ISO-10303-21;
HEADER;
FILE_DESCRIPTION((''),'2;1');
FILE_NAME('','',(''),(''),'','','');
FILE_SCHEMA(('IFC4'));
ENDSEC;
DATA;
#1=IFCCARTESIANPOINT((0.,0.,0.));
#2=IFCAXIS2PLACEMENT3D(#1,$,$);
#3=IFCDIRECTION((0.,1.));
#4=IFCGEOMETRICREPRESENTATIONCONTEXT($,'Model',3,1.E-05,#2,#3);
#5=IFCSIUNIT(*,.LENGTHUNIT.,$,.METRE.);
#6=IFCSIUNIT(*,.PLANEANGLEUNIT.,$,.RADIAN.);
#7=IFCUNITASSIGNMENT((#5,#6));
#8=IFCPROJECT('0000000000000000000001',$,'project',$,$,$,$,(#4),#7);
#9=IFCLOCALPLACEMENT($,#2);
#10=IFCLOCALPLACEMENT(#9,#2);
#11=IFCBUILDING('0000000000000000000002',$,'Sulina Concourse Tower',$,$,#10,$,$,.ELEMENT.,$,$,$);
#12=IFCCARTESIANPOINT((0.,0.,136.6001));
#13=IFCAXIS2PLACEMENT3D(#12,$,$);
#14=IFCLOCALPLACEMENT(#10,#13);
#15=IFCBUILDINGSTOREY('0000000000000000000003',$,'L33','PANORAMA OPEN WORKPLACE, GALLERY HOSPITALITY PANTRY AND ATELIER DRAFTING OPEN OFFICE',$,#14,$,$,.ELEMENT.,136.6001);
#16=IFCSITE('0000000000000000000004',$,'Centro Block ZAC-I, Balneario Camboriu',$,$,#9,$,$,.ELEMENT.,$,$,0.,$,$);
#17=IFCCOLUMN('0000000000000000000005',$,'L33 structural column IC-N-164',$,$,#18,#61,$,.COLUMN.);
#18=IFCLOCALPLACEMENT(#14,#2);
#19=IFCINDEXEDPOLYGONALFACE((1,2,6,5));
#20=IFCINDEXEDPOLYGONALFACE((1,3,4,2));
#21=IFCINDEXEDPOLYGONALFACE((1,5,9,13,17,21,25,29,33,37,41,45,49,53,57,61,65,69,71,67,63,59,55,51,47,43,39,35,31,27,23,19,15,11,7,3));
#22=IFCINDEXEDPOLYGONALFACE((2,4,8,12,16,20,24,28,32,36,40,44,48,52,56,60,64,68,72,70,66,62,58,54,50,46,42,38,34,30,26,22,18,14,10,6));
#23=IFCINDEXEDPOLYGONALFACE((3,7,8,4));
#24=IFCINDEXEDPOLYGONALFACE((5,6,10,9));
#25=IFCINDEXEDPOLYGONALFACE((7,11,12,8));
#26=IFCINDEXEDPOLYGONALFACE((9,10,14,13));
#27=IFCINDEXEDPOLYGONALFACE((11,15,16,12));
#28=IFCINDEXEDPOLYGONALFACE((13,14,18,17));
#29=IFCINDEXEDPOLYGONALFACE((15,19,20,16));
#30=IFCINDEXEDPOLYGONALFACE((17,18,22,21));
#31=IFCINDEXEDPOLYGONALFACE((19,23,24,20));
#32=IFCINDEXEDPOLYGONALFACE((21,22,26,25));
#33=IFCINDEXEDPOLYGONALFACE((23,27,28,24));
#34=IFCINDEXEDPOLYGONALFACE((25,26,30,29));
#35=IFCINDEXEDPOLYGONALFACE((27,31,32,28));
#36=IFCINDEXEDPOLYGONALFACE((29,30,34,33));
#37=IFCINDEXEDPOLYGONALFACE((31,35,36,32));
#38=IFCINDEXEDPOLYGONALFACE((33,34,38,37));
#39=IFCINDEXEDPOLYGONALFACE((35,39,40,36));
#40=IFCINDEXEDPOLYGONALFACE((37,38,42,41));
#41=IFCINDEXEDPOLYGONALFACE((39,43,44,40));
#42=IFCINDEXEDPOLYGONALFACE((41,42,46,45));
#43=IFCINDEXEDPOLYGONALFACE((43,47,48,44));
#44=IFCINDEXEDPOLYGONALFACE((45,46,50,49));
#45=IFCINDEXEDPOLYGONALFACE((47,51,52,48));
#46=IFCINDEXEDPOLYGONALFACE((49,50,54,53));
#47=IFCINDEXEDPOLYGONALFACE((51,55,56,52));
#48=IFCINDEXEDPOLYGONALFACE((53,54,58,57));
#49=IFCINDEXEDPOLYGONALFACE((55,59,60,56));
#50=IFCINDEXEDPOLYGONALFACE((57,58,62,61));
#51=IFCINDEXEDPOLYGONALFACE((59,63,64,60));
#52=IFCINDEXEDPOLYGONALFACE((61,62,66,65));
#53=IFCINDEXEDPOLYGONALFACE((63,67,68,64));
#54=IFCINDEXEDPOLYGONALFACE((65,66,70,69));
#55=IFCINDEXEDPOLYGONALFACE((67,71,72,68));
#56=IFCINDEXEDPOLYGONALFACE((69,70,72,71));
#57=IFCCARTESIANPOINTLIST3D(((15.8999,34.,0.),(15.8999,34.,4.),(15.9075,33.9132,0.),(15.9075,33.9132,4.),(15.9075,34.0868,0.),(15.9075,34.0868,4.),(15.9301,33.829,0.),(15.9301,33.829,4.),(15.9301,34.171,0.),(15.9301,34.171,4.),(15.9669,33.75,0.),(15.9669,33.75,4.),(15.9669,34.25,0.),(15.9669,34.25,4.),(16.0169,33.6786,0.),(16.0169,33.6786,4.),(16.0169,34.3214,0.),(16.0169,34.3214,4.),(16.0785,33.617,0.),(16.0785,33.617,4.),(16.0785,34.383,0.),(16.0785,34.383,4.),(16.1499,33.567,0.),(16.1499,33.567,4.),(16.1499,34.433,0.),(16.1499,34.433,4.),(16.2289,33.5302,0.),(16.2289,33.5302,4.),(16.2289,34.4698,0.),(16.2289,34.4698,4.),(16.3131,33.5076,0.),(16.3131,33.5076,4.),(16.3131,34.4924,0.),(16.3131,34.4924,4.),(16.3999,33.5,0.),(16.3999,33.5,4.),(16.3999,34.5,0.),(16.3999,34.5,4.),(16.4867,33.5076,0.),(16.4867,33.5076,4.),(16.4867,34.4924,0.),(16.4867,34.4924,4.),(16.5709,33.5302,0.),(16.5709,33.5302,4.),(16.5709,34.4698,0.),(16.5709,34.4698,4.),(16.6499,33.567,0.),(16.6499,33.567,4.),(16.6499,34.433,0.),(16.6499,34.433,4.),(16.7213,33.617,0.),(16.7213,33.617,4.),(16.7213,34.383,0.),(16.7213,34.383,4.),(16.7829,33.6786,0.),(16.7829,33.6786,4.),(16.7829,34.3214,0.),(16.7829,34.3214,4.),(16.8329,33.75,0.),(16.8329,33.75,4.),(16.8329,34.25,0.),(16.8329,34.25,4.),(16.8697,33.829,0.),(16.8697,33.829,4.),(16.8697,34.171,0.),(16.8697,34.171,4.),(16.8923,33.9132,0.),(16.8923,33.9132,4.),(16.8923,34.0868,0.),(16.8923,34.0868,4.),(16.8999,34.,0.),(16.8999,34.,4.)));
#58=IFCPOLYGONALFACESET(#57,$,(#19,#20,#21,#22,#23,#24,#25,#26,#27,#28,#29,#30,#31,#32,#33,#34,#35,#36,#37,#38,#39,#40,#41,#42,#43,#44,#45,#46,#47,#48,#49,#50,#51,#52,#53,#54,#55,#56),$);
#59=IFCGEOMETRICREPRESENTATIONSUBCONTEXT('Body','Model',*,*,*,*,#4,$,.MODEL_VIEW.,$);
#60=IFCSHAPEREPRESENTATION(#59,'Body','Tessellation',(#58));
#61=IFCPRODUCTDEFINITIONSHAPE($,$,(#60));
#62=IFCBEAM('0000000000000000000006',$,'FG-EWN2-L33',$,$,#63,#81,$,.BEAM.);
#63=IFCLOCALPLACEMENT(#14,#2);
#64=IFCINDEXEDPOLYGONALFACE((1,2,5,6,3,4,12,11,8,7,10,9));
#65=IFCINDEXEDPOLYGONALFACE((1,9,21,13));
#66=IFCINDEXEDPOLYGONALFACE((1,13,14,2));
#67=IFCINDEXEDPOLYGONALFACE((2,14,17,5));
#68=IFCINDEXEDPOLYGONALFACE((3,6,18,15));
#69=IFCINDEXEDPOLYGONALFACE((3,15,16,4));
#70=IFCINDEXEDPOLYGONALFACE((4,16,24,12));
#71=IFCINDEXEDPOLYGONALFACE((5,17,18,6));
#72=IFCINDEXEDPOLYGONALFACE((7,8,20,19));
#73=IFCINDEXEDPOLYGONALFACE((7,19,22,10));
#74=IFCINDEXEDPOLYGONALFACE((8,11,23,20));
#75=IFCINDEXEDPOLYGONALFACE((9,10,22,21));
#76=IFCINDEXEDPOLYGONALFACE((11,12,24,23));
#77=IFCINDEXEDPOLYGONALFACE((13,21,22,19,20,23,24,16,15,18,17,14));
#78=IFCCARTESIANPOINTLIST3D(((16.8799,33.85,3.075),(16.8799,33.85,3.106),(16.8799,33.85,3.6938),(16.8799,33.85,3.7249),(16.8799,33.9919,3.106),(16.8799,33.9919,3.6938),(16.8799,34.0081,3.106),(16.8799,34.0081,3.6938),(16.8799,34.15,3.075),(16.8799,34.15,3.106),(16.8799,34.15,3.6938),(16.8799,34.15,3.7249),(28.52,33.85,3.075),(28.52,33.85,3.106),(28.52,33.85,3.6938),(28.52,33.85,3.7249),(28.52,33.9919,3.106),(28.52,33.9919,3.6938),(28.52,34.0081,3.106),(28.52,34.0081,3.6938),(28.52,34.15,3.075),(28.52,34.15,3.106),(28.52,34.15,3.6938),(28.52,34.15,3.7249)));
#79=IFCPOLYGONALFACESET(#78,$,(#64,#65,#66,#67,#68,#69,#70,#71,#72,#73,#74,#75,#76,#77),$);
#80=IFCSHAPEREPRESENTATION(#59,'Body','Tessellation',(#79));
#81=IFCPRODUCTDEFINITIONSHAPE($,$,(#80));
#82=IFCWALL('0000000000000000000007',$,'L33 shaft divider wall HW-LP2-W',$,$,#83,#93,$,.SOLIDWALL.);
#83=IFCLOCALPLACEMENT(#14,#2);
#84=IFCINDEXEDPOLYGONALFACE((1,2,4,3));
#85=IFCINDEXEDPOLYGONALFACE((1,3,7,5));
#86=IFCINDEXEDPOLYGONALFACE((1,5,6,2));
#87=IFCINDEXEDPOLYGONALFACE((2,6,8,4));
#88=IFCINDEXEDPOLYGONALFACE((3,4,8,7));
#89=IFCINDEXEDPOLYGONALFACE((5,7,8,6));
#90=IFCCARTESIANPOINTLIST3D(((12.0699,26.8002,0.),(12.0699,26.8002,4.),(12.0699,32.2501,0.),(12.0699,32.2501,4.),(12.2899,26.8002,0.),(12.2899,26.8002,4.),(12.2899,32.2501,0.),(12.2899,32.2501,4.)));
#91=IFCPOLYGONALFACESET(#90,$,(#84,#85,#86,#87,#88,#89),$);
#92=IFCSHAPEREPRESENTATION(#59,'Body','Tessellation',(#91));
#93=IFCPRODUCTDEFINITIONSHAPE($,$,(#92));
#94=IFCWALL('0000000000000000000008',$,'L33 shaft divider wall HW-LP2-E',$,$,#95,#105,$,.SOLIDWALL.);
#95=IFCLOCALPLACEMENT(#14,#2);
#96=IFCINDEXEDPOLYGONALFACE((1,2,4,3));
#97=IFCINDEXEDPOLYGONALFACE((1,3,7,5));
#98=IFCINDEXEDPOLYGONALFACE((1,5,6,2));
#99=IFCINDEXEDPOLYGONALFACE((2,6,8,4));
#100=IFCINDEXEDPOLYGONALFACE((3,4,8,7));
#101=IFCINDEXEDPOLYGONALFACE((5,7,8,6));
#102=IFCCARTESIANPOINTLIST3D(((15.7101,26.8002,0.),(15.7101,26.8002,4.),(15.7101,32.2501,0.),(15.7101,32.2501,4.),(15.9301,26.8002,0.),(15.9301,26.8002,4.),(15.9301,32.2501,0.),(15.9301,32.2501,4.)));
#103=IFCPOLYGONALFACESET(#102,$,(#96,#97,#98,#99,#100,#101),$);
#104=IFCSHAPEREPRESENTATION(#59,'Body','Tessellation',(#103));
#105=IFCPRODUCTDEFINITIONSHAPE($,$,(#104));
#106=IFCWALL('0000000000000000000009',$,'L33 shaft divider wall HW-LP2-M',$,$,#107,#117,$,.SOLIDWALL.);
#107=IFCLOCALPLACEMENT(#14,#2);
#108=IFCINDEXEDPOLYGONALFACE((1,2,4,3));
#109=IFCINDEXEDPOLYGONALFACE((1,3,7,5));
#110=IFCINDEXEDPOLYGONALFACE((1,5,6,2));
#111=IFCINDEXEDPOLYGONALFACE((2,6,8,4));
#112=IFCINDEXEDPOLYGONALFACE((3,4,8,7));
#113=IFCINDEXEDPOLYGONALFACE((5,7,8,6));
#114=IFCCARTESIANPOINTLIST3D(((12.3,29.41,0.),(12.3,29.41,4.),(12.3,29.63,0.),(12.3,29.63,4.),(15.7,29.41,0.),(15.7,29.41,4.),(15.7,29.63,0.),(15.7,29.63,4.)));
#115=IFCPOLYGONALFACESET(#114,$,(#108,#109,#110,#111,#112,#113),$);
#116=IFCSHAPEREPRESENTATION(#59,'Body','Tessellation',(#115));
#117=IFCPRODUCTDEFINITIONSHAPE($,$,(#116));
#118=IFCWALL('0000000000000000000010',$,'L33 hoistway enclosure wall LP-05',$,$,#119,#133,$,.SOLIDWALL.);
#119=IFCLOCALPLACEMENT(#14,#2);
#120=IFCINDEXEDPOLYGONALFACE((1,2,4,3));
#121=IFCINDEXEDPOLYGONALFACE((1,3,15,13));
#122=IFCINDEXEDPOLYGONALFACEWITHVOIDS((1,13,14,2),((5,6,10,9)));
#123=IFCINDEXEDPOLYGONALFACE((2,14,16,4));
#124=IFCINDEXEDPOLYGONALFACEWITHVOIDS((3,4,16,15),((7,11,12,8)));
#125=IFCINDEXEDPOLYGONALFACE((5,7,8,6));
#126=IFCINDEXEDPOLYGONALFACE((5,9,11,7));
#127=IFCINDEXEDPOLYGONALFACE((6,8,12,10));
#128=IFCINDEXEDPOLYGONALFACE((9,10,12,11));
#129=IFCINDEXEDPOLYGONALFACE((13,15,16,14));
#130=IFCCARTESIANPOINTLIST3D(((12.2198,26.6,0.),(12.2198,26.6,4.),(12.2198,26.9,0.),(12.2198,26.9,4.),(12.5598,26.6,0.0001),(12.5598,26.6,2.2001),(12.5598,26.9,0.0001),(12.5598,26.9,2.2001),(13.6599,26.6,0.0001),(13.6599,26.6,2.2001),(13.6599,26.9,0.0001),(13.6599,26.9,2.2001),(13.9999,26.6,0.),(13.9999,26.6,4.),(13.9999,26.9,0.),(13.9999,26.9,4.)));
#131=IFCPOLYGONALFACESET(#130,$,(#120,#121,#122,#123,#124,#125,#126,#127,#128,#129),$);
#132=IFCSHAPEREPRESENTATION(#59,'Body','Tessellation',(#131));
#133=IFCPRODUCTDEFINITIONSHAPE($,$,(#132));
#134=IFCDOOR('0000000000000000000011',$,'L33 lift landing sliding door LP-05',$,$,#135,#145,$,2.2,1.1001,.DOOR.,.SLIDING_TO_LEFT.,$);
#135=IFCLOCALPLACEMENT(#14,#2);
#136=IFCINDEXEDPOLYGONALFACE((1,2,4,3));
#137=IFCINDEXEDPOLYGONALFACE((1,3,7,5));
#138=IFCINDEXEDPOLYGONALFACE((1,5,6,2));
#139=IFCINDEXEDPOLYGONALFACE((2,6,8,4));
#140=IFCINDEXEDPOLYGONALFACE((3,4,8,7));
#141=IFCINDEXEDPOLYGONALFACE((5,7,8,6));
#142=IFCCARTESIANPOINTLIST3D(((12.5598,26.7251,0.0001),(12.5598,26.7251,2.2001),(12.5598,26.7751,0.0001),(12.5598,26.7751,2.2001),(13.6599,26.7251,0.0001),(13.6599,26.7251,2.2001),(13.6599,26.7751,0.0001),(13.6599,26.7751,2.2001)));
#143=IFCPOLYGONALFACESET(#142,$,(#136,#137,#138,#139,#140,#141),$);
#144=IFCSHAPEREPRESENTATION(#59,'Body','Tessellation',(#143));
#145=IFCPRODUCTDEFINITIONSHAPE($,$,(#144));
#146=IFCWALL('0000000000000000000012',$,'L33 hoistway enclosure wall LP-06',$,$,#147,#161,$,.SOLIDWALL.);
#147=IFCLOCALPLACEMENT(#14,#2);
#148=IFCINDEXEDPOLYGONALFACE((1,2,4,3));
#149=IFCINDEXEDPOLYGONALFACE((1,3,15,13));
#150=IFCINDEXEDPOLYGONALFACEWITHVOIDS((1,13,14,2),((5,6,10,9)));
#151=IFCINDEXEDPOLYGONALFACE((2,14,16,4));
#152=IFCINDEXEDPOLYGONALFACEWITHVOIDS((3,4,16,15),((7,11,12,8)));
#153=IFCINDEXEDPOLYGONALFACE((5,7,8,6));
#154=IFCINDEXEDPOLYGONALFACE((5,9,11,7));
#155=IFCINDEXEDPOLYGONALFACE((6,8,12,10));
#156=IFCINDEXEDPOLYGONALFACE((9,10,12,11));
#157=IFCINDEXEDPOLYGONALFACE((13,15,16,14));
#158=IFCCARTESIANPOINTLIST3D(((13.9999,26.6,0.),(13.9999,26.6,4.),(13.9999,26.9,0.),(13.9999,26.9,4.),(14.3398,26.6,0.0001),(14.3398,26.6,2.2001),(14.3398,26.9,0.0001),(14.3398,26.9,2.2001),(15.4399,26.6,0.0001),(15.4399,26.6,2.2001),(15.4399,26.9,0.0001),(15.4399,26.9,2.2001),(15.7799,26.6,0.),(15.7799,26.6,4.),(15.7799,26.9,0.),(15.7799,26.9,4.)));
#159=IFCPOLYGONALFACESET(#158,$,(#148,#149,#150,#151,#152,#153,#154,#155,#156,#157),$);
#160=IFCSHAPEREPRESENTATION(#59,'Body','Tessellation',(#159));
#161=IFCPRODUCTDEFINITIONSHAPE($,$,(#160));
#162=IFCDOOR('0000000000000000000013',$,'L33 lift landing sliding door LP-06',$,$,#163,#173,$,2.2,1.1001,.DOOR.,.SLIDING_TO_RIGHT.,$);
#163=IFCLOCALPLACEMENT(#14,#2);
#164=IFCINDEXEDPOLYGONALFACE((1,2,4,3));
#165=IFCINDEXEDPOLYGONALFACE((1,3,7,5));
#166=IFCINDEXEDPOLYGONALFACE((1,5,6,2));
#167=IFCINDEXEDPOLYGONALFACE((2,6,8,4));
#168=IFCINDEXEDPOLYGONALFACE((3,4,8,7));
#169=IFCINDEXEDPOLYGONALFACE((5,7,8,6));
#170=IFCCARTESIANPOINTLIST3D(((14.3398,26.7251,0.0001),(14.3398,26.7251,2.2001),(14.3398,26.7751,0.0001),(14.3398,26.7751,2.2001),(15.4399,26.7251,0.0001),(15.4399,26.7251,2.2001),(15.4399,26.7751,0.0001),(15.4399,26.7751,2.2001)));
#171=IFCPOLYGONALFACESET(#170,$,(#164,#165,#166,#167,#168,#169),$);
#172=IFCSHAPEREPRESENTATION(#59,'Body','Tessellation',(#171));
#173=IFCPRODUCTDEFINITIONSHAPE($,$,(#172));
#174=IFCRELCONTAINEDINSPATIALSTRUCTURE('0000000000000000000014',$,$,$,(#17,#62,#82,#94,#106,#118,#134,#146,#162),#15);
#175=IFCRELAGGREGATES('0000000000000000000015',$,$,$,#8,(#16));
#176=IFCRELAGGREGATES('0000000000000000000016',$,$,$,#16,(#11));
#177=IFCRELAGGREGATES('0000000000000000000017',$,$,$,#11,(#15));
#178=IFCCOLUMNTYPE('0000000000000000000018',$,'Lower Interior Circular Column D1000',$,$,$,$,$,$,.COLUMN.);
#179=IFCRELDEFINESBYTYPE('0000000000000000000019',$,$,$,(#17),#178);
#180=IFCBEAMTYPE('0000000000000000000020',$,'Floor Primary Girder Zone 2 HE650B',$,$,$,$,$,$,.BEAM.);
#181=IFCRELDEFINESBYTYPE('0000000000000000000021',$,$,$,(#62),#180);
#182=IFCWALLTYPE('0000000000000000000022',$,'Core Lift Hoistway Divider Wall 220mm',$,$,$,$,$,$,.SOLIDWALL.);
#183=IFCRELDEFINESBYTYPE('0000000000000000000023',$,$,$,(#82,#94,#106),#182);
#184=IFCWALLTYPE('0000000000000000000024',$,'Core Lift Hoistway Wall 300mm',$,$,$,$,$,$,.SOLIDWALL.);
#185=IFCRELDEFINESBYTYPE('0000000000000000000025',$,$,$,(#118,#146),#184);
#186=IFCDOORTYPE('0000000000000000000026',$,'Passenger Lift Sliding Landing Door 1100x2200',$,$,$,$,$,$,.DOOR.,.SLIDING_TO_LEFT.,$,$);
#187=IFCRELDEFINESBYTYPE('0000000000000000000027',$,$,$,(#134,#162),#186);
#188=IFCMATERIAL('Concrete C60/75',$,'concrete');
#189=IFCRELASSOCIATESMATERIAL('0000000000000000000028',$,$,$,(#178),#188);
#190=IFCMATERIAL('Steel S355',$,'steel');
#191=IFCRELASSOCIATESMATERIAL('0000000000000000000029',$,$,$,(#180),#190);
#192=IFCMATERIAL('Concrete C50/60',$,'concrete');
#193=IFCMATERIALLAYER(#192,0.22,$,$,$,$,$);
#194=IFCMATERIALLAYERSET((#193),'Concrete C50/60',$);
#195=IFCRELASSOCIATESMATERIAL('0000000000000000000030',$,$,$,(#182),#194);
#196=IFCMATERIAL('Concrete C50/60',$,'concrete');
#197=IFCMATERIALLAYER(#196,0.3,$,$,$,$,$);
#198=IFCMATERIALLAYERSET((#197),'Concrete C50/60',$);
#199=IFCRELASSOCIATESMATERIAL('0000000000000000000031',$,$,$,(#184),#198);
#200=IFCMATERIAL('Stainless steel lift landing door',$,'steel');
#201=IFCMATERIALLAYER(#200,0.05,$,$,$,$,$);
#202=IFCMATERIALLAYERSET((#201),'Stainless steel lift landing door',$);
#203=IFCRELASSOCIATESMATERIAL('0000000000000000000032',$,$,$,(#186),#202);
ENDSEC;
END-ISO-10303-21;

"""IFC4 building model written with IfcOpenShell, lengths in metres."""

from ifc_helpers import new_model, si_unit, direction, frame, frame_2d, origin, origin_2d, place, context, subcontext, project, spatial, rectangle, circle, i_section, extrude, material, layer, layer_set, material_profile, profile_set, type_object, element, fill, save


model = new_model("IFC4")

# Units and contexts
model_context = context("Model", 3, precision=1e-05, world=origin(), true_north=direction((0.0, 1.0)))
body_context = subcontext(model_context, "Body", "Model", "MODEL_VIEW")
ifc_project = project(units=[si_unit("LENGTHUNIT", "METRE"), si_unit("PLANEANGLEUNIT", "RADIAN")], contexts=[model_context])

# Site, building, storey
site_placement = place(None, origin())
site = spatial("IfcSite", under=ifc_project, at=site_placement, Name="Centro Block ZAC-I, Balneario Camboriu", CompositionType="ELEMENT", RefElevation=0.0)
building_placement = place(site_placement, origin())
building = spatial("IfcBuilding", under=site, at=building_placement, Name="Sulina Concourse Tower", CompositionType="ELEMENT")
storey_placement = place(building_placement, frame((0.0, 0.0, 136.6001)))
storey = spatial("IfcBuildingStorey", under=building, at=storey_placement, Name="L33", Description="PANORAMA OPEN WORKPLACE, GALLERY HOSPITALITY PANTRY AND ATELIER DRAFTING OPEN OFFICE", CompositionType="ELEMENT", Elevation=136.6001)

# Column
ifc_material_1 = material(Name="Concrete C60/75", Category="concrete")
ifc_material_profile_1 = material_profile(ifc_material_1, circle(Radius=0.5, at=origin_2d()), Name="RC D1000")
ifc_profile_set_1 = profile_set([ifc_material_profile_1], Name="Concrete C60/75")
column_type = type_object("IfcColumnType", Name="Lower Interior Circular Column D1000", PredefinedType="COLUMN", material=ifc_profile_set_1)
column_placement = place(storey_placement, frame((16.3999, 34.0, 0.0), z_axis=(0.0, 0.0, 1.0), x_axis=(1.0, 0.0, 0.0)))
element("IfcColumn", 1, at=column_placement, inside=storey, type_object=column_type, Name="L33 structural column IC-N-164", PredefinedType="COLUMN", context=body_context, shape_type="SweptSolid", body=[
    extrude(circle(Radius=0.5, at=origin_2d()), origin(), (0.0, 0.0, 1.0), 4.0),
])

# Beam
ifc_material_2 = material(Name="Steel S355", Category="steel")
ifc_material_profile_2 = material_profile(ifc_material_2, i_section(OverallWidth=0.3, OverallDepth=0.6499, WebThickness=0.0161, FlangeThickness=0.031, at=origin_2d()), Name="HE 650 B")
ifc_profile_set_2 = profile_set([ifc_material_profile_2], Name="Steel S355")
beam_type = type_object("IfcBeamType", Name="Floor Primary Girder Zone 2 HE650B", PredefinedType="BEAM", material=ifc_profile_set_2)
beam_placement = place(storey_placement, frame((16.8799, 34.0, 3.3999), z_axis=(1.0, 0.0, 0.0), x_axis=(0.0, 1.0, 0.0)))
element("IfcBeam", 2, at=beam_placement, inside=storey, type_object=beam_type, Name="FG-EWN2-L33", PredefinedType="BEAM", context=body_context, shape_type="SweptSolid", body=[
    extrude(i_section(OverallWidth=0.3, OverallDepth=0.6499, WebThickness=0.0161, FlangeThickness=0.031, at=origin_2d()), origin(), (0.0, 0.0, 1.0), 11.6401),
])

# Walls
ifc_material_3 = material(Name="Concrete C50/60", Category="concrete")
ifc_layer_1 = layer(ifc_material_3, 0.22)
ifc_layer_set_1 = layer_set([ifc_layer_1], Name="Concrete C50/60")
wall_type_1 = type_object("IfcWallType", Name="Core Lift Hoistway Divider Wall 220mm", PredefinedType="SOLIDWALL", material=ifc_layer_set_1)
for number, where, z_axis, x_axis, name in (
    (3, (12.1799, 26.8, 0.0), (0.0, 0.0, 1.0), (0.0, 1.0, 0.0), "L33 shaft divider wall HW-LP2-W"),
    (4, (15.8201, 26.8, 0.0), (0.0, 0.0, 1.0), (0.0, 1.0, 0.0), "L33 shaft divider wall HW-LP2-E"),
):
    element("IfcWall", number, at=place(storey_placement, frame(where, z_axis=z_axis, x_axis=x_axis)), inside=storey, type_object=wall_type_1, Name=name, PredefinedType="SOLIDWALL", context=body_context, shape_type="SweptSolid", body=[
        extrude(rectangle(XDim=5.45, YDim=0.22, at=frame_2d((2.7251, 0.0))), origin(), (0.0, 0.0, 1.0), 4.0),
    ])
wall_1_placement = place(storey_placement, frame((12.3, 29.52, 0.0), z_axis=(0.0, 0.0, 1.0), x_axis=(1.0, 0.0, 0.0)))
element("IfcWall", 5, at=wall_1_placement, inside=storey, type_object=wall_type_1, Name="L33 shaft divider wall HW-LP2-M", PredefinedType="SOLIDWALL", context=body_context, shape_type="SweptSolid", body=[
    extrude(rectangle(XDim=3.3999, YDim=0.22, at=frame_2d((1.7, 0.0))), origin(), (0.0, 0.0, 1.0), 4.0),
])

# Walls, openings, doors
ifc_material_4 = material(Name="Concrete C50/60", Category="concrete")
ifc_layer_2 = layer(ifc_material_4, 0.3)
ifc_layer_set_2 = layer_set([ifc_layer_2], Name="Concrete C50/60")
wall_type_2 = type_object("IfcWallType", Name="Core Lift Hoistway Wall 300mm", PredefinedType="SOLIDWALL", material=ifc_layer_set_2)
wall_2_placement = place(storey_placement, frame((14.0, 26.75, 0.0), z_axis=(0.0, 0.0, 1.0), x_axis=(-1.0, 0.0, 0.0)))
wall_2 = element("IfcWall", 6, at=wall_2_placement, inside=storey, type_object=wall_type_2, Name="L33 hoistway enclosure wall LP-05", PredefinedType="SOLIDWALL", context=body_context, shape_type="SweptSolid", body=[
    extrude(rectangle(XDim=1.78, YDim=0.3, at=frame_2d((0.8901, 0.0))), origin(), (0.0, 0.0, 1.0), 4.0),
])
opening_1_placement = place(wall_2_placement, frame((0.3401, 0.0, 0.0)))
opening_1 = element("IfcOpeningElement", 7, at=opening_1_placement, cuts=wall_2, PredefinedType="OPENING", context=body_context, shape_type="SweptSolid", body=[
    extrude(rectangle(XDim=1.1001, YDim=2.2, at=frame_2d((0.55, 1.1001))), frame((0.0, 0.1599, 0.0), z_axis=(0.0, -1.0, 0.0), x_axis=(1.0, 0.0, 0.0)), (0.0, 0.0, 1.0), 0.3201),
])
ifc_material_5 = material(Name="Stainless steel lift landing door", Category="steel")
ifc_layer_3 = layer(ifc_material_5, 0.05)
ifc_layer_set_3 = layer_set([ifc_layer_3], Name="Stainless steel lift landing door")
door_type_1 = type_object("IfcDoorType", Name="Passenger Lift Sliding Landing Door 1100x2200", OperationType="SLIDING_TO_LEFT", PredefinedType="DOOR", material=ifc_layer_set_3)
door_1_placement = place(opening_1_placement, origin())
door_1 = element("IfcDoor", 8, at=door_1_placement, inside=storey, type_object=door_type_1, Name="L33 lift landing sliding door LP-05", OperationType="SLIDING_TO_LEFT", OverallHeight=2.2, OverallWidth=1.1001, PredefinedType="DOOR", context=body_context, shape_type="SweptSolid", body=[
    extrude(rectangle(XDim=1.1001, YDim=2.2, at=frame_2d((0.55, 1.1001))), frame((0.0, 0.0249, 0.0), z_axis=(0.0, -1.0, 0.0), x_axis=(1.0, 0.0, 0.0)), (0.0, 0.0, 1.0), 0.05),
])
fill(opening_1, door_1)
wall_3_placement = place(storey_placement, frame((15.78, 26.75, 0.0), z_axis=(0.0, 0.0, 1.0), x_axis=(-1.0, 0.0, 0.0)))
wall_3 = element("IfcWall", 9, at=wall_3_placement, inside=storey, type_object=wall_type_2, Name="L33 hoistway enclosure wall LP-06", PredefinedType="SOLIDWALL", context=body_context, shape_type="SweptSolid", body=[
    extrude(rectangle(XDim=1.78, YDim=0.3, at=frame_2d((0.8901, 0.0))), origin(), (0.0, 0.0, 1.0), 4.0),
])
opening_2_placement = place(wall_3_placement, frame((0.3401, 0.0, 0.0)))
opening_2 = element("IfcOpeningElement", 10, at=opening_2_placement, cuts=wall_3, PredefinedType="OPENING", context=body_context, shape_type="SweptSolid", body=[
    extrude(rectangle(XDim=1.1001, YDim=2.2, at=frame_2d((0.55, 1.1001))), frame((0.0, 0.1599, 0.0), z_axis=(0.0, -1.0, 0.0), x_axis=(1.0, 0.0, 0.0)), (0.0, 0.0, 1.0), 0.3201),
])
door_2_placement = place(opening_2_placement, origin())
door_2 = element("IfcDoor", 11, at=door_2_placement, inside=storey, type_object=door_type_1, Name="L33 lift landing sliding door LP-06", OperationType="SLIDING_TO_RIGHT", OverallHeight=2.2, OverallWidth=1.1001, PredefinedType="DOOR", context=body_context, shape_type="SweptSolid", body=[
    extrude(rectangle(XDim=1.1001, YDim=2.2, at=frame_2d((0.55, 1.1001))), frame((0.0, 0.0249, 0.0), z_axis=(0.0, -1.0, 0.0), x_axis=(1.0, 0.0, 0.0)), (0.0, 0.0, 1.0), 0.05),
])
fill(opening_2, door_2)

save(model, "model.ifc")
